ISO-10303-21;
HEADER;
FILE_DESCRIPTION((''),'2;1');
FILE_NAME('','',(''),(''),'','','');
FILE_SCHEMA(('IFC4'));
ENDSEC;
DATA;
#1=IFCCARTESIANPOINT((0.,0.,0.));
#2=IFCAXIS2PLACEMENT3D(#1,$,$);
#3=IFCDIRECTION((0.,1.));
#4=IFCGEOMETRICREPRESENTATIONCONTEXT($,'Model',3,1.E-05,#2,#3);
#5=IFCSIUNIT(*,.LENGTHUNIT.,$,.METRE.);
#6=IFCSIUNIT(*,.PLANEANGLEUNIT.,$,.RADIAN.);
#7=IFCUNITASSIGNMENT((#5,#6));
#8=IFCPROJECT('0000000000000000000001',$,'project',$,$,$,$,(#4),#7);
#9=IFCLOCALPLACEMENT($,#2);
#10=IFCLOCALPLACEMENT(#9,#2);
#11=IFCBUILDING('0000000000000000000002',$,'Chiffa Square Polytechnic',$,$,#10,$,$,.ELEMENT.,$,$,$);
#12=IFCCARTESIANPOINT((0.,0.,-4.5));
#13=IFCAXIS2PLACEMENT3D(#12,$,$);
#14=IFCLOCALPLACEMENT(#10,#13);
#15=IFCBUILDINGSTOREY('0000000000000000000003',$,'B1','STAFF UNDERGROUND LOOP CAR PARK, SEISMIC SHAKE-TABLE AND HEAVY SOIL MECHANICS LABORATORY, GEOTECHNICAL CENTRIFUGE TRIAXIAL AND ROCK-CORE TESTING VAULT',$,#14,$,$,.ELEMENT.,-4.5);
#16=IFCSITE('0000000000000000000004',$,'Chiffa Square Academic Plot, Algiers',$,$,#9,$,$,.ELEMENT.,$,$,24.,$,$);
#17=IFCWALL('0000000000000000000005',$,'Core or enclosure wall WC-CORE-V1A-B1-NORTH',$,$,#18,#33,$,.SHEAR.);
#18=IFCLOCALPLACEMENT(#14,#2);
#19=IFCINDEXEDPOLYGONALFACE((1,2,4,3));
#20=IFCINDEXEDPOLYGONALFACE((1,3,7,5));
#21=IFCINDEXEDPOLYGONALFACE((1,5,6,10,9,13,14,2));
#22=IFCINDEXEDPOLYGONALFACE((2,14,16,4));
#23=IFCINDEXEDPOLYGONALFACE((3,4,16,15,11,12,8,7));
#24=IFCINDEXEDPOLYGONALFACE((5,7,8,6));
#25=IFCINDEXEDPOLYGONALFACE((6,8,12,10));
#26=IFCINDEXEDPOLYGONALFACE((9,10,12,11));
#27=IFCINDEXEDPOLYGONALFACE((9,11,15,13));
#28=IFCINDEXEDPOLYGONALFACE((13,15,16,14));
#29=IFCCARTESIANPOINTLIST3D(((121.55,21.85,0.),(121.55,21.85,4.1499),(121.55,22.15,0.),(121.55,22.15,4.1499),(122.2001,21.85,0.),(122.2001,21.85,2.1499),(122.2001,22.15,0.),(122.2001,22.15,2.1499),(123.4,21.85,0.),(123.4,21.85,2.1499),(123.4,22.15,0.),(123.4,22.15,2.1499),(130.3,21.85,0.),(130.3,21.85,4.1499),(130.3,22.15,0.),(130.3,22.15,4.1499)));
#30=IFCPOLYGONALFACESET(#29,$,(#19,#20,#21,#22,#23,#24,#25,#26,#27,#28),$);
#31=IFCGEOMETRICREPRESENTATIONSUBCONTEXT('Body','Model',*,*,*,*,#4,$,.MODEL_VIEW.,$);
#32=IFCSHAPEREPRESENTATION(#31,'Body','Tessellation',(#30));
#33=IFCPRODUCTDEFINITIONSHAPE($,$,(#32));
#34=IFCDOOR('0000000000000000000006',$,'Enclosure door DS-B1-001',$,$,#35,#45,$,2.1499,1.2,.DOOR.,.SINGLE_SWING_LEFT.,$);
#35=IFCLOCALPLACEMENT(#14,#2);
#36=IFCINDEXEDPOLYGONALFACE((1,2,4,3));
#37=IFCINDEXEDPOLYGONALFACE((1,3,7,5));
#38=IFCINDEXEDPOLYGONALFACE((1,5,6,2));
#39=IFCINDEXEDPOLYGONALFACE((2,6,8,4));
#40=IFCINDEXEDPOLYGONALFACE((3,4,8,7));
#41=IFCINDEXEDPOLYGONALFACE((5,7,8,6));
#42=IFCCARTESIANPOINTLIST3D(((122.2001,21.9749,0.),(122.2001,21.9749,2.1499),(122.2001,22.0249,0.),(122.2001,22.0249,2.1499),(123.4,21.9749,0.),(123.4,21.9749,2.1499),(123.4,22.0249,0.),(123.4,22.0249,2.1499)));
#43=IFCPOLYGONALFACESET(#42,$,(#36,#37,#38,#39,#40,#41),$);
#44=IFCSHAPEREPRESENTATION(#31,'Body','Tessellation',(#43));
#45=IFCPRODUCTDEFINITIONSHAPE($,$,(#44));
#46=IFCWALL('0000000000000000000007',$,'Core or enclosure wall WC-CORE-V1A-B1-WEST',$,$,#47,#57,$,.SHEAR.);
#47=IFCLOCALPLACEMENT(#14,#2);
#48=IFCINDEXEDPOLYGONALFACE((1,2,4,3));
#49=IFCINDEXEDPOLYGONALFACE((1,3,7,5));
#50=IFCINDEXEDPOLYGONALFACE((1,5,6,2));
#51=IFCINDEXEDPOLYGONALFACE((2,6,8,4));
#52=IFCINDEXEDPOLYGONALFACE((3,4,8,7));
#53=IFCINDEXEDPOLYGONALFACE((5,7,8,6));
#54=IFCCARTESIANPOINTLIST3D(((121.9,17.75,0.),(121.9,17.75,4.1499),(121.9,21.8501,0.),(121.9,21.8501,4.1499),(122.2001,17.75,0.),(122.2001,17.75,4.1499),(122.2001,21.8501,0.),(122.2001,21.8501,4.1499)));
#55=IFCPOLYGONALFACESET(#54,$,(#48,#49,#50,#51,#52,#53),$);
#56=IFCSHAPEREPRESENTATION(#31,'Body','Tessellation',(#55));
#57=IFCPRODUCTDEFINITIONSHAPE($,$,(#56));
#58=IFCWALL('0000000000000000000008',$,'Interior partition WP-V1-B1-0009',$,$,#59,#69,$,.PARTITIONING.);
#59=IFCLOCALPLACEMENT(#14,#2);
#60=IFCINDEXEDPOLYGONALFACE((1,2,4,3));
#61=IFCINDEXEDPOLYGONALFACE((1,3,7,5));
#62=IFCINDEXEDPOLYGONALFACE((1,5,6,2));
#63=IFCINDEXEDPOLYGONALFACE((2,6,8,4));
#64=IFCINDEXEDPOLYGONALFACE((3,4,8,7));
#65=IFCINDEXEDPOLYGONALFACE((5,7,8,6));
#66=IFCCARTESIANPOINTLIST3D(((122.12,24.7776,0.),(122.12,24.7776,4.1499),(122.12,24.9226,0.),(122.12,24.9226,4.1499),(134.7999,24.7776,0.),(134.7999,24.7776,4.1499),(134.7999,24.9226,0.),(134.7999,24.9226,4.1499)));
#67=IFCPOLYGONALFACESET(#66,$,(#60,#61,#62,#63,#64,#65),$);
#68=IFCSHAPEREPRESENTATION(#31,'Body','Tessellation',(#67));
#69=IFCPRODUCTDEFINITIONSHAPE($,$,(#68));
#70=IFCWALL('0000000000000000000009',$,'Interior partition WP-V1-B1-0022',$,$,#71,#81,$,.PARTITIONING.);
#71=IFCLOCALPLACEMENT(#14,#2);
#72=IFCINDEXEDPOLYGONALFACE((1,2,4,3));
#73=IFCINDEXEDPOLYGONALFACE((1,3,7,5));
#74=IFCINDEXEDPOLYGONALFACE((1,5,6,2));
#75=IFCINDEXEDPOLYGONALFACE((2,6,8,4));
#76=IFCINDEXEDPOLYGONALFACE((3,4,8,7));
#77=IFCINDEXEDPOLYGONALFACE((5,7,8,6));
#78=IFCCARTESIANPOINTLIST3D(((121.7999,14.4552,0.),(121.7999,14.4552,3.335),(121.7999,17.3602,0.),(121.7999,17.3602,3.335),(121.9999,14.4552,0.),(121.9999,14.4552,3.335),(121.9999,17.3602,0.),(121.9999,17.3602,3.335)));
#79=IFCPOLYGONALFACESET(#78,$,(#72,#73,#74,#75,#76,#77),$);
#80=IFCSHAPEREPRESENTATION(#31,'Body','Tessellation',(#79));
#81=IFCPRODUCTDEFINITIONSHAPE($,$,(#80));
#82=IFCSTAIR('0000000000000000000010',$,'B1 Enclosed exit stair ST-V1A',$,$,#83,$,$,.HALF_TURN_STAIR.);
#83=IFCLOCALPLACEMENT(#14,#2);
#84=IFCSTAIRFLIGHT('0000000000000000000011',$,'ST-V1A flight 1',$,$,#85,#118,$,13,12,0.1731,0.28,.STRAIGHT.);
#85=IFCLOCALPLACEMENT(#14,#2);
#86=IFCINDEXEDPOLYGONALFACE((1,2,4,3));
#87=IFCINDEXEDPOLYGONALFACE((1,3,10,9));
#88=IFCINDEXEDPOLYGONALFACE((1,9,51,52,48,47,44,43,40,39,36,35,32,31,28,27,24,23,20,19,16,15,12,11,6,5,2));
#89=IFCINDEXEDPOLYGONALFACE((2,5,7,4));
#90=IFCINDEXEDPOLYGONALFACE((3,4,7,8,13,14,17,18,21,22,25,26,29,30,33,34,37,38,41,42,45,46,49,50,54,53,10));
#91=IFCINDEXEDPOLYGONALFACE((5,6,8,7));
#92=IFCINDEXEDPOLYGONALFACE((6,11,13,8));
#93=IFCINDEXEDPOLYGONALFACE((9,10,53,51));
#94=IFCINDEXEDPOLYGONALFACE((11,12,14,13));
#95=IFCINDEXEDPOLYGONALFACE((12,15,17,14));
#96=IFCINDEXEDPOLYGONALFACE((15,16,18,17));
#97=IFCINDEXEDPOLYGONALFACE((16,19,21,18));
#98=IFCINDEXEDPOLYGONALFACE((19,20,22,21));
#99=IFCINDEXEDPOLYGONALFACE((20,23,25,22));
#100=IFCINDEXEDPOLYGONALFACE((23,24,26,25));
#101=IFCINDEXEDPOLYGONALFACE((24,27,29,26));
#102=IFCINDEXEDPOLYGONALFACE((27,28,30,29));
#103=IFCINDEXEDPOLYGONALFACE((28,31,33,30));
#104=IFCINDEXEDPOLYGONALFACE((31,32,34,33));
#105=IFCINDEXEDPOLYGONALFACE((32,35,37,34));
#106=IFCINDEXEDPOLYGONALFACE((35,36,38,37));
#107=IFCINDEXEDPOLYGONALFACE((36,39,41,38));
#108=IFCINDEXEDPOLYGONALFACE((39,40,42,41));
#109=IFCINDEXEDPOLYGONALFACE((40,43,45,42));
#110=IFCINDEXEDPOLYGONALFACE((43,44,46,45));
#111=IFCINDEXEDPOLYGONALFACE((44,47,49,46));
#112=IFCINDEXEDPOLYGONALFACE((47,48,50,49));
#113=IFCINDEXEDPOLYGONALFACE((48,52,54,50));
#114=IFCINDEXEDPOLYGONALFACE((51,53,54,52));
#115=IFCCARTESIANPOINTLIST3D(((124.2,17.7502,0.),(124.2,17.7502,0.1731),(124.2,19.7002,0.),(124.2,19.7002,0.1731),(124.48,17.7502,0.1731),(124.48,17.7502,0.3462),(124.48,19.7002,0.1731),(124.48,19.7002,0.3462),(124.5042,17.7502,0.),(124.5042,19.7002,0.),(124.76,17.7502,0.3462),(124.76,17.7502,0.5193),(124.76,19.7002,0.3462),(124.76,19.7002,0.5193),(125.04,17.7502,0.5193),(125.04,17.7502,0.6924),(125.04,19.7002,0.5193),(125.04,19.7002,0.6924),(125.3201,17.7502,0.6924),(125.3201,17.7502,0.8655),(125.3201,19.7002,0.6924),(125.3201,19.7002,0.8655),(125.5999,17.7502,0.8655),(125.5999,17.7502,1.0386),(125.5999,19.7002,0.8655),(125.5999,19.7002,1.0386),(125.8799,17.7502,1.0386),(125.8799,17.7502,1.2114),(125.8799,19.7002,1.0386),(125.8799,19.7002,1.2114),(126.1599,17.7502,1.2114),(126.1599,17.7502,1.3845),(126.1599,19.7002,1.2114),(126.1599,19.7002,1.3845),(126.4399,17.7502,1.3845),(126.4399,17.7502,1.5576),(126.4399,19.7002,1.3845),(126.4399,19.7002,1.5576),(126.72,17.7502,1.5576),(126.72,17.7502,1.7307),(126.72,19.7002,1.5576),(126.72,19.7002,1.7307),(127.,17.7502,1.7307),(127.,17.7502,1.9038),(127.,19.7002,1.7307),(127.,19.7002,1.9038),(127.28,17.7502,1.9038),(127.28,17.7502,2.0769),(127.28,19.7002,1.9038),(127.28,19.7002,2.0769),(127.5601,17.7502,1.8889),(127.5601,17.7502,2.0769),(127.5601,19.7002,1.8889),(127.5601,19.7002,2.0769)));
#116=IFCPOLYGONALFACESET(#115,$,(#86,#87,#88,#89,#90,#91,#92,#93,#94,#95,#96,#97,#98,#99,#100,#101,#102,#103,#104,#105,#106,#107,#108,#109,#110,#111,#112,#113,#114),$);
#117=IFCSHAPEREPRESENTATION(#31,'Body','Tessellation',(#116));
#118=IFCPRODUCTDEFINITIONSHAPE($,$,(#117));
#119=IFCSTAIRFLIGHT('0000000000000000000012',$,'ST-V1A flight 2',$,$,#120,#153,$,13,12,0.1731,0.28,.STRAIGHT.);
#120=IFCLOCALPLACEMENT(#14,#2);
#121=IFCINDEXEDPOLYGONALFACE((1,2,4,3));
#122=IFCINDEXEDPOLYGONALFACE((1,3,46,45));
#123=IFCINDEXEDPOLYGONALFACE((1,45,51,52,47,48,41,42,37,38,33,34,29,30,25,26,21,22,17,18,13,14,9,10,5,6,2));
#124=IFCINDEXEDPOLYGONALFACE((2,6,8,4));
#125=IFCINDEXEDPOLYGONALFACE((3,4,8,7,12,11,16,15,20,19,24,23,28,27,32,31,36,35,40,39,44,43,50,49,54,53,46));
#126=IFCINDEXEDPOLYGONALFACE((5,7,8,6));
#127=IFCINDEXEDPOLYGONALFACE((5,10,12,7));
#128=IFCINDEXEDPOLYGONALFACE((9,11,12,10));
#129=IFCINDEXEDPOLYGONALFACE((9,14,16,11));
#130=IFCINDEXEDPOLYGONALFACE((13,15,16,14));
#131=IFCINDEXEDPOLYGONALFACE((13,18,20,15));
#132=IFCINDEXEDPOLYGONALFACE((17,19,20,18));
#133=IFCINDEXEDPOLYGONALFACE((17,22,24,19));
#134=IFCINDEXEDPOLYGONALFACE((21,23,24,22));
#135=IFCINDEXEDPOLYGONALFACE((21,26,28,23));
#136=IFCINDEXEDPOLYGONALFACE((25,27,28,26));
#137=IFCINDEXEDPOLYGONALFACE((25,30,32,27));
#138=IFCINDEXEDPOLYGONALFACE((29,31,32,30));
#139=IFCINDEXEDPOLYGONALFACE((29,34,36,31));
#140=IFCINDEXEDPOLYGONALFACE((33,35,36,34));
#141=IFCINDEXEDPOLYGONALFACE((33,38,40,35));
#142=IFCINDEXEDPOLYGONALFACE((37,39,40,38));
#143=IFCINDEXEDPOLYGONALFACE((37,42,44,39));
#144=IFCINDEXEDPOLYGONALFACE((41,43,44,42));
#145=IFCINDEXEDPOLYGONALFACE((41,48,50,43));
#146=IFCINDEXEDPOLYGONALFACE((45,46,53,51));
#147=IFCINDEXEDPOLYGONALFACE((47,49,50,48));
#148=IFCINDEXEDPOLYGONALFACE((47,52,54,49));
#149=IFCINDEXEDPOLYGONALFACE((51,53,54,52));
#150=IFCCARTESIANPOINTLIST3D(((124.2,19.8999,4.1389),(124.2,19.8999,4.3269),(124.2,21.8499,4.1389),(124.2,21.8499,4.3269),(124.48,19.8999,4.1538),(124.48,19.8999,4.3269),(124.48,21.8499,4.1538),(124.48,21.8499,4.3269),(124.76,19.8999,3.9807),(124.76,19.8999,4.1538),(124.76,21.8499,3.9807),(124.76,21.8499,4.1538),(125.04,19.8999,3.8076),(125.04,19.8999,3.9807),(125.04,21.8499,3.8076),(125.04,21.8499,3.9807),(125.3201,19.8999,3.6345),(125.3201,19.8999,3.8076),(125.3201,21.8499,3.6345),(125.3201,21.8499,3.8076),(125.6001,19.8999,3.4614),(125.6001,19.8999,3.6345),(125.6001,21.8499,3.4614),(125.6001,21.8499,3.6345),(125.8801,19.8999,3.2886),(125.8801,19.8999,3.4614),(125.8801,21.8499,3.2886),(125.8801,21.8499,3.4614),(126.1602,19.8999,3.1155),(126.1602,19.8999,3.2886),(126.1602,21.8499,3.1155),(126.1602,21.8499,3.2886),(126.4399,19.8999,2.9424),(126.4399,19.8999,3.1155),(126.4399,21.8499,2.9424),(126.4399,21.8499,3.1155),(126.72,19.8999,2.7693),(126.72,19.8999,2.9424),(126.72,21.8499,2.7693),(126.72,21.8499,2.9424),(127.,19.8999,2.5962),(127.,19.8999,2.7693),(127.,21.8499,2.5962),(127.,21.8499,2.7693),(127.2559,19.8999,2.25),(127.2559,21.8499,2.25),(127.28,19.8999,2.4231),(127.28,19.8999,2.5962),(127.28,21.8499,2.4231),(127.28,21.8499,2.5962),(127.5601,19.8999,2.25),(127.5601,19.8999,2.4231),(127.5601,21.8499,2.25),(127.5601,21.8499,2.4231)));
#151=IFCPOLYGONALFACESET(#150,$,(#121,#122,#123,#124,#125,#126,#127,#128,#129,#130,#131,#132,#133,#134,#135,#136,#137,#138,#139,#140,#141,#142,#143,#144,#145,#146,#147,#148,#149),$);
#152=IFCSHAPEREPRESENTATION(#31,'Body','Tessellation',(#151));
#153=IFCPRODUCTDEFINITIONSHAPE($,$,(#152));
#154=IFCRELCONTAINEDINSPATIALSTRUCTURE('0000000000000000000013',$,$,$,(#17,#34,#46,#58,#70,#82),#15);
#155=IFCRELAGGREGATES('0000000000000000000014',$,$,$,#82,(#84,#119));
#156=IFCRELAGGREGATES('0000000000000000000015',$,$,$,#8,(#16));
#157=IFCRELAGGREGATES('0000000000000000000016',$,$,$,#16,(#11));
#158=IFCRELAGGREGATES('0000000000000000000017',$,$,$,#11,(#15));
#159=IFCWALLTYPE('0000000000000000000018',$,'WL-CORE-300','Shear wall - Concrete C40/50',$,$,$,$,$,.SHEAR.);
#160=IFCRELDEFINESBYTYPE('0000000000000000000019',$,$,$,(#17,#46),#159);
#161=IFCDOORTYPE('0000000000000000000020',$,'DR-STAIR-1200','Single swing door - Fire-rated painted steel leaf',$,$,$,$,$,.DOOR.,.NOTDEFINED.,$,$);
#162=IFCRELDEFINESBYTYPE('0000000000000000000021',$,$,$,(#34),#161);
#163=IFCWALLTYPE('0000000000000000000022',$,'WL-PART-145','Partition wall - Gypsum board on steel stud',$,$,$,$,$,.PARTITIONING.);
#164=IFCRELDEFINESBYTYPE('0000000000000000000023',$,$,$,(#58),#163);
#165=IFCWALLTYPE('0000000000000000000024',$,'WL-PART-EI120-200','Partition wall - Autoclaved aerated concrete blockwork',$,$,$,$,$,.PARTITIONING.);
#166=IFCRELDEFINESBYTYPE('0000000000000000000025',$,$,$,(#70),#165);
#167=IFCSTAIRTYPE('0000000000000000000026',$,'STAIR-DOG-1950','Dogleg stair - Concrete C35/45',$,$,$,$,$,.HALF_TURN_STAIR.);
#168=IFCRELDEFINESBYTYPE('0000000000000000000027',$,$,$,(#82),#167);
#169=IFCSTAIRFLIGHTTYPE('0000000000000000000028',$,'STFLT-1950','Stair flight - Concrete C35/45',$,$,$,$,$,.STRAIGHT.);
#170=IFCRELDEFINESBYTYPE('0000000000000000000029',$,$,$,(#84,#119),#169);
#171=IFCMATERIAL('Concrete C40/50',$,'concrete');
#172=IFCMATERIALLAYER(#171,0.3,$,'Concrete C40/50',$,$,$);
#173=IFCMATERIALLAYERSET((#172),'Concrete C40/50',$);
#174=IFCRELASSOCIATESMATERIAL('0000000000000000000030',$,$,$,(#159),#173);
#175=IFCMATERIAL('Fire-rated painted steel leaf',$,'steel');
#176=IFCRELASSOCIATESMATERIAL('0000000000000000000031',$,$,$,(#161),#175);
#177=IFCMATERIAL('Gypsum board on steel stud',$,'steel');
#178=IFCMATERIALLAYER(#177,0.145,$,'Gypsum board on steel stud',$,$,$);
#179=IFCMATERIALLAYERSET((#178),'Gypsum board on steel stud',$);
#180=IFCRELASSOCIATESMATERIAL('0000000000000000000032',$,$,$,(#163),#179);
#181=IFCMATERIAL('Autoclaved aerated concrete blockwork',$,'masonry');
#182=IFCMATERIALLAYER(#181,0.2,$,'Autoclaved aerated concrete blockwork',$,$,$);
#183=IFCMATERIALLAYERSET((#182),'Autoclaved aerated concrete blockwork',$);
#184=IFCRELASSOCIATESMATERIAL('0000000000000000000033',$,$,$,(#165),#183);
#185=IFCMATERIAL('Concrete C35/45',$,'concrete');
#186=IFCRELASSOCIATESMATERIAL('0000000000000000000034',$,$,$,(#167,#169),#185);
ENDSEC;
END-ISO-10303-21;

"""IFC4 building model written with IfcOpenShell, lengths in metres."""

from ifc_helpers import new_model, si_unit, direction, frame, frame_2d, origin, place, context, subcontext, project, spatial, polyline, rectangle, outline, extrude, material, layer, layer_set, type_object, element, fill, aggregate, save


model = new_model("IFC4")

# Units and contexts
model_context = context("Model", 3, precision=1e-05, world=origin(), true_north=direction((0.0, 1.0)))
body_context = subcontext(model_context, "Body", "Model", "MODEL_VIEW")
ifc_project = project(units=[si_unit("LENGTHUNIT", "METRE"), si_unit("PLANEANGLEUNIT", "RADIAN")], contexts=[model_context])

# Site, building, storey
site_placement = place(None, origin())
site = spatial("IfcSite", under=ifc_project, at=site_placement, Name="Chiffa Square Academic Plot, Algiers", CompositionType="ELEMENT", RefElevation=24.0)
building_placement = place(site_placement, origin())
building = spatial("IfcBuilding", under=site, at=building_placement, Name="Chiffa Square Polytechnic", CompositionType="ELEMENT")
storey_placement = place(building_placement, frame((0.0, 0.0, -4.5)))
storey = spatial("IfcBuildingStorey", under=building, at=storey_placement, Name="B1", Description="STAFF UNDERGROUND LOOP CAR PARK, SEISMIC SHAKE-TABLE AND HEAVY SOIL MECHANICS LABORATORY, GEOTECHNICAL CENTRIFUGE TRIAXIAL AND ROCK-CORE TESTING VAULT", CompositionType="ELEMENT", Elevation=-4.5)

# Shared definitions
ifc_material_1 = material(Name="Concrete C35/45", Category="concrete")

# Shared definitions
ifc_material_2 = material(Name="Concrete C40/50", Category="concrete")

# Shared definitions
ifc_layer_1 = layer(ifc_material_2, 0.3, Name="Concrete C40/50")
ifc_layer_set_1 = layer_set([ifc_layer_1], Name="Concrete C40/50")
wall_type_1 = type_object("IfcWallType", Name="WL-CORE-300", Description="Shear wall - Concrete C40/50", PredefinedType="SHEAR", material=ifc_layer_set_1)

# Wall, opening, door
wall_1_placement = place(storey_placement, frame((121.55, 22.0, 0.0), z_axis=(0.0, 0.0, 1.0), x_axis=(1.0, 0.0, 0.0)))
wall_1 = element("IfcWall", 1, at=wall_1_placement, inside=storey, type_object=wall_type_1, Name="Core or enclosure wall WC-CORE-V1A-B1-NORTH", PredefinedType="SHEAR", context=body_context, shape_type="SweptSolid", body=[
    extrude(rectangle(XDim=8.75, YDim=0.3, at=frame_2d((4.375, 0.0))), origin(), (0.0, 0.0, 1.0), 4.1499),
])
opening_1_placement = place(wall_1_placement, frame((0.6499, 0.0, 0.0)))
opening_1 = element("IfcOpeningElement", 2, at=opening_1_placement, cuts=wall_1, PredefinedType="OPENING", context=body_context, shape_type="SweptSolid", body=[
    extrude(rectangle(XDim=1.2, YDim=2.1499, at=frame_2d((0.6001, 1.075))), frame((0.0, 0.1602, 0.0), z_axis=(0.0, -1.0, 0.0), x_axis=(1.0, 0.0, 0.0)), (0.0, 0.0, 1.0), 0.3201),
])
ifc_material_3 = material(Name="Fire-rated painted steel leaf", Category="steel")
door_type_1 = type_object("IfcDoorType", Name="DR-STAIR-1200", Description="Single swing door - Fire-rated painted steel leaf", OperationType="NOTDEFINED", PredefinedType="DOOR", material=ifc_material_3)
door_1_placement = place(opening_1_placement, origin())
door_1 = element("IfcDoor", 3, at=door_1_placement, inside=storey, type_object=door_type_1, Name="Enclosure door DS-B1-001", OperationType="SINGLE_SWING_LEFT", OverallHeight=2.1499, OverallWidth=1.2, PredefinedType="DOOR", context=body_context, shape_type="SweptSolid", body=[
    extrude(rectangle(XDim=1.2, YDim=2.1499, at=frame_2d((0.6001, 1.075))), frame((0.0, 0.0249, 0.0), z_axis=(0.0, -1.0, 0.0), x_axis=(1.0, 0.0, 0.0)), (0.0, 0.0, 1.0), 0.05),
])
fill(opening_1, door_1)

# Walls
wall_2_placement = place(storey_placement, frame((122.05, 17.75, 0.0), z_axis=(0.0, 0.0, 1.0), x_axis=(0.0, 1.0, 0.0)))
element("IfcWall", 4, at=wall_2_placement, inside=storey, type_object=wall_type_1, Name="Core or enclosure wall WC-CORE-V1A-B1-WEST", PredefinedType="SHEAR", context=body_context, shape_type="SweptSolid", body=[
    extrude(rectangle(XDim=4.1001, YDim=0.3, at=frame_2d((2.05, 0.0))), origin(), (0.0, 0.0, 1.0), 4.1499),
])
ifc_material_4 = material(Name="Gypsum board on steel stud", Category="steel")
ifc_layer_2 = layer(ifc_material_4, 0.145, Name="Gypsum board on steel stud")
ifc_layer_set_2 = layer_set([ifc_layer_2], Name="Gypsum board on steel stud")
wall_type_2 = type_object("IfcWallType", Name="WL-PART-145", Description="Partition wall - Gypsum board on steel stud", PredefinedType="PARTITIONING", material=ifc_layer_set_2)
wall_3_placement = place(storey_placement, frame((122.1201, 24.8501, 0.0), z_axis=(0.0, 0.0, 1.0), x_axis=(1.0, 0.0, 0.0)))
element("IfcWall", 5, at=wall_3_placement, inside=storey, type_object=wall_type_2, Name="Interior partition WP-V1-B1-0009", PredefinedType="PARTITIONING", context=body_context, shape_type="SweptSolid", body=[
    extrude(rectangle(XDim=12.6799, YDim=0.145, at=frame_2d((6.3398, 0.0))), origin(), (0.0, 0.0, 1.0), 4.1499),
])

# Shared definitions
ifc_material_5 = material(Name="Autoclaved aerated concrete blockwork", Category="masonry")
ifc_layer_3 = layer(ifc_material_5, 0.2, Name="Autoclaved aerated concrete blockwork")
ifc_layer_set_3 = layer_set([ifc_layer_3], Name="Autoclaved aerated concrete blockwork")
wall_type_3 = type_object("IfcWallType", Name="WL-PART-EI120-200", Description="Partition wall - Autoclaved aerated concrete blockwork", PredefinedType="PARTITIONING", material=ifc_layer_set_3)

# Wall
wall_4_placement = place(storey_placement, frame((121.8999, 14.4551, 0.0), z_axis=(0.0, 0.0, 1.0), x_axis=(0.0, 1.0, 0.0)))
element("IfcWall", 6, at=wall_4_placement, inside=storey, type_object=wall_type_3, Name="Interior partition WP-V1-B1-0022", PredefinedType="PARTITIONING", context=body_context, shape_type="SweptSolid", body=[
    extrude(rectangle(XDim=2.905, YDim=0.2, at=frame_2d((1.4526, 0.0))), origin(), (0.0, 0.0, 1.0), 3.335),
])

# Stair, stair flights
stair_type = type_object("IfcStairType", Name="STAIR-DOG-1950", Description="Dogleg stair - Concrete C35/45", PredefinedType="HALF_TURN_STAIR", material=ifc_material_1)
stair_placement = place(storey_placement, origin())
stair = element("IfcStair", 7, at=stair_placement, inside=storey, type_object=stair_type, Name="B1 Enclosed exit stair ST-V1A", PredefinedType="HALF_TURN_STAIR")
stair_flight_type = type_object("IfcStairFlightType", Name="STFLT-1950", Description="Stair flight - Concrete C35/45", PredefinedType="STRAIGHT", material=ifc_material_1)
stair_flight_1_placement = place(storey_placement, frame((124.2, 18.7251, 0.0), z_axis=(0.0, 0.0, 1.0), x_axis=(1.0, 0.0, 0.0)))
stair_flight_1 = element("IfcStairFlight", 8, at=stair_flight_1_placement, type_object=stair_flight_type, Name="ST-V1A flight 1", NumberOfRisers=13, NumberOfTreads=12, PredefinedType="STRAIGHT", RiserHeight=0.1731, TreadLength=0.28, context=body_context, shape_type="SweptSolid", body=[
    extrude(outline(polyline([(0.0, 0.0), (0.0, 0.1731), (0.28, 0.1731), (0.28, 0.3462), (0.5601, 0.3462), (0.5601, 0.5193), (0.8401, 0.5193), (0.8401, 0.6924), (1.1201, 0.6924), (1.1201, 0.8655), (1.3999, 0.8655), (1.3999, 1.0386), (1.6799, 1.0386), (1.6799, 1.2114), (1.96, 1.2114), (1.96, 1.3845), (2.24, 1.3845), (2.24, 1.5576), (2.52, 1.5576), (2.52, 1.7307), (2.8, 1.7307), (2.8, 1.9038), (3.0801, 1.9038), (3.0801, 2.0769), (3.3601, 2.0769), (3.3601, 2.25), (3.3601, 1.8889), (0.3042, 0.0), (0.0, 0.0)])), frame((0.0, 0.9751, 0.0), z_axis=(0.0, -1.0, 0.0), x_axis=(1.0, 0.0, 0.0)), (0.0, 0.0, 1.0), 1.95),
])
stair_flight_2_placement = place(storey_placement, frame((127.5601, 20.875, 2.25), z_axis=(0.0, 0.0, 1.0), x_axis=(-1.0, 0.0, 0.0)))
stair_flight_2 = element("IfcStairFlight", 9, at=stair_flight_2_placement, type_object=stair_flight_type, Name="ST-V1A flight 2", NumberOfRisers=13, NumberOfTreads=12, PredefinedType="STRAIGHT", RiserHeight=0.1731, TreadLength=0.28, context=body_context, shape_type="SweptSolid", body=[
    extrude(outline(polyline([(0.0, 0.0), (0.0, 0.1731), (0.28, 0.1731), (0.28, 0.3462), (0.5601, 0.3462), (0.5601, 0.5193), (0.8401, 0.5193), (0.8401, 0.6924), (1.1201, 0.6924), (1.1201, 0.8655), (1.3999, 0.8655), (1.3999, 1.0386), (1.6799, 1.0386), (1.6799, 1.2114), (1.96, 1.2114), (1.96, 1.3845), (2.24, 1.3845), (2.24, 1.5576), (2.52, 1.5576), (2.52, 1.7307), (2.8, 1.7307), (2.8, 1.9038), (3.0801, 1.9038), (3.0801, 2.0769), (3.3601, 2.0769), (3.3601, 2.25), (3.3601, 1.8889), (0.3042, 0.0), (0.0, 0.0)])), frame((0.0, 0.9751, 0.0), z_axis=(0.0, -1.0, 0.0), x_axis=(1.0, 0.0, 0.0)), (0.0, 0.0, 1.0), 1.95),
])
aggregate(stair, [stair_flight_1, stair_flight_2])

save(model, "model.ifc")
